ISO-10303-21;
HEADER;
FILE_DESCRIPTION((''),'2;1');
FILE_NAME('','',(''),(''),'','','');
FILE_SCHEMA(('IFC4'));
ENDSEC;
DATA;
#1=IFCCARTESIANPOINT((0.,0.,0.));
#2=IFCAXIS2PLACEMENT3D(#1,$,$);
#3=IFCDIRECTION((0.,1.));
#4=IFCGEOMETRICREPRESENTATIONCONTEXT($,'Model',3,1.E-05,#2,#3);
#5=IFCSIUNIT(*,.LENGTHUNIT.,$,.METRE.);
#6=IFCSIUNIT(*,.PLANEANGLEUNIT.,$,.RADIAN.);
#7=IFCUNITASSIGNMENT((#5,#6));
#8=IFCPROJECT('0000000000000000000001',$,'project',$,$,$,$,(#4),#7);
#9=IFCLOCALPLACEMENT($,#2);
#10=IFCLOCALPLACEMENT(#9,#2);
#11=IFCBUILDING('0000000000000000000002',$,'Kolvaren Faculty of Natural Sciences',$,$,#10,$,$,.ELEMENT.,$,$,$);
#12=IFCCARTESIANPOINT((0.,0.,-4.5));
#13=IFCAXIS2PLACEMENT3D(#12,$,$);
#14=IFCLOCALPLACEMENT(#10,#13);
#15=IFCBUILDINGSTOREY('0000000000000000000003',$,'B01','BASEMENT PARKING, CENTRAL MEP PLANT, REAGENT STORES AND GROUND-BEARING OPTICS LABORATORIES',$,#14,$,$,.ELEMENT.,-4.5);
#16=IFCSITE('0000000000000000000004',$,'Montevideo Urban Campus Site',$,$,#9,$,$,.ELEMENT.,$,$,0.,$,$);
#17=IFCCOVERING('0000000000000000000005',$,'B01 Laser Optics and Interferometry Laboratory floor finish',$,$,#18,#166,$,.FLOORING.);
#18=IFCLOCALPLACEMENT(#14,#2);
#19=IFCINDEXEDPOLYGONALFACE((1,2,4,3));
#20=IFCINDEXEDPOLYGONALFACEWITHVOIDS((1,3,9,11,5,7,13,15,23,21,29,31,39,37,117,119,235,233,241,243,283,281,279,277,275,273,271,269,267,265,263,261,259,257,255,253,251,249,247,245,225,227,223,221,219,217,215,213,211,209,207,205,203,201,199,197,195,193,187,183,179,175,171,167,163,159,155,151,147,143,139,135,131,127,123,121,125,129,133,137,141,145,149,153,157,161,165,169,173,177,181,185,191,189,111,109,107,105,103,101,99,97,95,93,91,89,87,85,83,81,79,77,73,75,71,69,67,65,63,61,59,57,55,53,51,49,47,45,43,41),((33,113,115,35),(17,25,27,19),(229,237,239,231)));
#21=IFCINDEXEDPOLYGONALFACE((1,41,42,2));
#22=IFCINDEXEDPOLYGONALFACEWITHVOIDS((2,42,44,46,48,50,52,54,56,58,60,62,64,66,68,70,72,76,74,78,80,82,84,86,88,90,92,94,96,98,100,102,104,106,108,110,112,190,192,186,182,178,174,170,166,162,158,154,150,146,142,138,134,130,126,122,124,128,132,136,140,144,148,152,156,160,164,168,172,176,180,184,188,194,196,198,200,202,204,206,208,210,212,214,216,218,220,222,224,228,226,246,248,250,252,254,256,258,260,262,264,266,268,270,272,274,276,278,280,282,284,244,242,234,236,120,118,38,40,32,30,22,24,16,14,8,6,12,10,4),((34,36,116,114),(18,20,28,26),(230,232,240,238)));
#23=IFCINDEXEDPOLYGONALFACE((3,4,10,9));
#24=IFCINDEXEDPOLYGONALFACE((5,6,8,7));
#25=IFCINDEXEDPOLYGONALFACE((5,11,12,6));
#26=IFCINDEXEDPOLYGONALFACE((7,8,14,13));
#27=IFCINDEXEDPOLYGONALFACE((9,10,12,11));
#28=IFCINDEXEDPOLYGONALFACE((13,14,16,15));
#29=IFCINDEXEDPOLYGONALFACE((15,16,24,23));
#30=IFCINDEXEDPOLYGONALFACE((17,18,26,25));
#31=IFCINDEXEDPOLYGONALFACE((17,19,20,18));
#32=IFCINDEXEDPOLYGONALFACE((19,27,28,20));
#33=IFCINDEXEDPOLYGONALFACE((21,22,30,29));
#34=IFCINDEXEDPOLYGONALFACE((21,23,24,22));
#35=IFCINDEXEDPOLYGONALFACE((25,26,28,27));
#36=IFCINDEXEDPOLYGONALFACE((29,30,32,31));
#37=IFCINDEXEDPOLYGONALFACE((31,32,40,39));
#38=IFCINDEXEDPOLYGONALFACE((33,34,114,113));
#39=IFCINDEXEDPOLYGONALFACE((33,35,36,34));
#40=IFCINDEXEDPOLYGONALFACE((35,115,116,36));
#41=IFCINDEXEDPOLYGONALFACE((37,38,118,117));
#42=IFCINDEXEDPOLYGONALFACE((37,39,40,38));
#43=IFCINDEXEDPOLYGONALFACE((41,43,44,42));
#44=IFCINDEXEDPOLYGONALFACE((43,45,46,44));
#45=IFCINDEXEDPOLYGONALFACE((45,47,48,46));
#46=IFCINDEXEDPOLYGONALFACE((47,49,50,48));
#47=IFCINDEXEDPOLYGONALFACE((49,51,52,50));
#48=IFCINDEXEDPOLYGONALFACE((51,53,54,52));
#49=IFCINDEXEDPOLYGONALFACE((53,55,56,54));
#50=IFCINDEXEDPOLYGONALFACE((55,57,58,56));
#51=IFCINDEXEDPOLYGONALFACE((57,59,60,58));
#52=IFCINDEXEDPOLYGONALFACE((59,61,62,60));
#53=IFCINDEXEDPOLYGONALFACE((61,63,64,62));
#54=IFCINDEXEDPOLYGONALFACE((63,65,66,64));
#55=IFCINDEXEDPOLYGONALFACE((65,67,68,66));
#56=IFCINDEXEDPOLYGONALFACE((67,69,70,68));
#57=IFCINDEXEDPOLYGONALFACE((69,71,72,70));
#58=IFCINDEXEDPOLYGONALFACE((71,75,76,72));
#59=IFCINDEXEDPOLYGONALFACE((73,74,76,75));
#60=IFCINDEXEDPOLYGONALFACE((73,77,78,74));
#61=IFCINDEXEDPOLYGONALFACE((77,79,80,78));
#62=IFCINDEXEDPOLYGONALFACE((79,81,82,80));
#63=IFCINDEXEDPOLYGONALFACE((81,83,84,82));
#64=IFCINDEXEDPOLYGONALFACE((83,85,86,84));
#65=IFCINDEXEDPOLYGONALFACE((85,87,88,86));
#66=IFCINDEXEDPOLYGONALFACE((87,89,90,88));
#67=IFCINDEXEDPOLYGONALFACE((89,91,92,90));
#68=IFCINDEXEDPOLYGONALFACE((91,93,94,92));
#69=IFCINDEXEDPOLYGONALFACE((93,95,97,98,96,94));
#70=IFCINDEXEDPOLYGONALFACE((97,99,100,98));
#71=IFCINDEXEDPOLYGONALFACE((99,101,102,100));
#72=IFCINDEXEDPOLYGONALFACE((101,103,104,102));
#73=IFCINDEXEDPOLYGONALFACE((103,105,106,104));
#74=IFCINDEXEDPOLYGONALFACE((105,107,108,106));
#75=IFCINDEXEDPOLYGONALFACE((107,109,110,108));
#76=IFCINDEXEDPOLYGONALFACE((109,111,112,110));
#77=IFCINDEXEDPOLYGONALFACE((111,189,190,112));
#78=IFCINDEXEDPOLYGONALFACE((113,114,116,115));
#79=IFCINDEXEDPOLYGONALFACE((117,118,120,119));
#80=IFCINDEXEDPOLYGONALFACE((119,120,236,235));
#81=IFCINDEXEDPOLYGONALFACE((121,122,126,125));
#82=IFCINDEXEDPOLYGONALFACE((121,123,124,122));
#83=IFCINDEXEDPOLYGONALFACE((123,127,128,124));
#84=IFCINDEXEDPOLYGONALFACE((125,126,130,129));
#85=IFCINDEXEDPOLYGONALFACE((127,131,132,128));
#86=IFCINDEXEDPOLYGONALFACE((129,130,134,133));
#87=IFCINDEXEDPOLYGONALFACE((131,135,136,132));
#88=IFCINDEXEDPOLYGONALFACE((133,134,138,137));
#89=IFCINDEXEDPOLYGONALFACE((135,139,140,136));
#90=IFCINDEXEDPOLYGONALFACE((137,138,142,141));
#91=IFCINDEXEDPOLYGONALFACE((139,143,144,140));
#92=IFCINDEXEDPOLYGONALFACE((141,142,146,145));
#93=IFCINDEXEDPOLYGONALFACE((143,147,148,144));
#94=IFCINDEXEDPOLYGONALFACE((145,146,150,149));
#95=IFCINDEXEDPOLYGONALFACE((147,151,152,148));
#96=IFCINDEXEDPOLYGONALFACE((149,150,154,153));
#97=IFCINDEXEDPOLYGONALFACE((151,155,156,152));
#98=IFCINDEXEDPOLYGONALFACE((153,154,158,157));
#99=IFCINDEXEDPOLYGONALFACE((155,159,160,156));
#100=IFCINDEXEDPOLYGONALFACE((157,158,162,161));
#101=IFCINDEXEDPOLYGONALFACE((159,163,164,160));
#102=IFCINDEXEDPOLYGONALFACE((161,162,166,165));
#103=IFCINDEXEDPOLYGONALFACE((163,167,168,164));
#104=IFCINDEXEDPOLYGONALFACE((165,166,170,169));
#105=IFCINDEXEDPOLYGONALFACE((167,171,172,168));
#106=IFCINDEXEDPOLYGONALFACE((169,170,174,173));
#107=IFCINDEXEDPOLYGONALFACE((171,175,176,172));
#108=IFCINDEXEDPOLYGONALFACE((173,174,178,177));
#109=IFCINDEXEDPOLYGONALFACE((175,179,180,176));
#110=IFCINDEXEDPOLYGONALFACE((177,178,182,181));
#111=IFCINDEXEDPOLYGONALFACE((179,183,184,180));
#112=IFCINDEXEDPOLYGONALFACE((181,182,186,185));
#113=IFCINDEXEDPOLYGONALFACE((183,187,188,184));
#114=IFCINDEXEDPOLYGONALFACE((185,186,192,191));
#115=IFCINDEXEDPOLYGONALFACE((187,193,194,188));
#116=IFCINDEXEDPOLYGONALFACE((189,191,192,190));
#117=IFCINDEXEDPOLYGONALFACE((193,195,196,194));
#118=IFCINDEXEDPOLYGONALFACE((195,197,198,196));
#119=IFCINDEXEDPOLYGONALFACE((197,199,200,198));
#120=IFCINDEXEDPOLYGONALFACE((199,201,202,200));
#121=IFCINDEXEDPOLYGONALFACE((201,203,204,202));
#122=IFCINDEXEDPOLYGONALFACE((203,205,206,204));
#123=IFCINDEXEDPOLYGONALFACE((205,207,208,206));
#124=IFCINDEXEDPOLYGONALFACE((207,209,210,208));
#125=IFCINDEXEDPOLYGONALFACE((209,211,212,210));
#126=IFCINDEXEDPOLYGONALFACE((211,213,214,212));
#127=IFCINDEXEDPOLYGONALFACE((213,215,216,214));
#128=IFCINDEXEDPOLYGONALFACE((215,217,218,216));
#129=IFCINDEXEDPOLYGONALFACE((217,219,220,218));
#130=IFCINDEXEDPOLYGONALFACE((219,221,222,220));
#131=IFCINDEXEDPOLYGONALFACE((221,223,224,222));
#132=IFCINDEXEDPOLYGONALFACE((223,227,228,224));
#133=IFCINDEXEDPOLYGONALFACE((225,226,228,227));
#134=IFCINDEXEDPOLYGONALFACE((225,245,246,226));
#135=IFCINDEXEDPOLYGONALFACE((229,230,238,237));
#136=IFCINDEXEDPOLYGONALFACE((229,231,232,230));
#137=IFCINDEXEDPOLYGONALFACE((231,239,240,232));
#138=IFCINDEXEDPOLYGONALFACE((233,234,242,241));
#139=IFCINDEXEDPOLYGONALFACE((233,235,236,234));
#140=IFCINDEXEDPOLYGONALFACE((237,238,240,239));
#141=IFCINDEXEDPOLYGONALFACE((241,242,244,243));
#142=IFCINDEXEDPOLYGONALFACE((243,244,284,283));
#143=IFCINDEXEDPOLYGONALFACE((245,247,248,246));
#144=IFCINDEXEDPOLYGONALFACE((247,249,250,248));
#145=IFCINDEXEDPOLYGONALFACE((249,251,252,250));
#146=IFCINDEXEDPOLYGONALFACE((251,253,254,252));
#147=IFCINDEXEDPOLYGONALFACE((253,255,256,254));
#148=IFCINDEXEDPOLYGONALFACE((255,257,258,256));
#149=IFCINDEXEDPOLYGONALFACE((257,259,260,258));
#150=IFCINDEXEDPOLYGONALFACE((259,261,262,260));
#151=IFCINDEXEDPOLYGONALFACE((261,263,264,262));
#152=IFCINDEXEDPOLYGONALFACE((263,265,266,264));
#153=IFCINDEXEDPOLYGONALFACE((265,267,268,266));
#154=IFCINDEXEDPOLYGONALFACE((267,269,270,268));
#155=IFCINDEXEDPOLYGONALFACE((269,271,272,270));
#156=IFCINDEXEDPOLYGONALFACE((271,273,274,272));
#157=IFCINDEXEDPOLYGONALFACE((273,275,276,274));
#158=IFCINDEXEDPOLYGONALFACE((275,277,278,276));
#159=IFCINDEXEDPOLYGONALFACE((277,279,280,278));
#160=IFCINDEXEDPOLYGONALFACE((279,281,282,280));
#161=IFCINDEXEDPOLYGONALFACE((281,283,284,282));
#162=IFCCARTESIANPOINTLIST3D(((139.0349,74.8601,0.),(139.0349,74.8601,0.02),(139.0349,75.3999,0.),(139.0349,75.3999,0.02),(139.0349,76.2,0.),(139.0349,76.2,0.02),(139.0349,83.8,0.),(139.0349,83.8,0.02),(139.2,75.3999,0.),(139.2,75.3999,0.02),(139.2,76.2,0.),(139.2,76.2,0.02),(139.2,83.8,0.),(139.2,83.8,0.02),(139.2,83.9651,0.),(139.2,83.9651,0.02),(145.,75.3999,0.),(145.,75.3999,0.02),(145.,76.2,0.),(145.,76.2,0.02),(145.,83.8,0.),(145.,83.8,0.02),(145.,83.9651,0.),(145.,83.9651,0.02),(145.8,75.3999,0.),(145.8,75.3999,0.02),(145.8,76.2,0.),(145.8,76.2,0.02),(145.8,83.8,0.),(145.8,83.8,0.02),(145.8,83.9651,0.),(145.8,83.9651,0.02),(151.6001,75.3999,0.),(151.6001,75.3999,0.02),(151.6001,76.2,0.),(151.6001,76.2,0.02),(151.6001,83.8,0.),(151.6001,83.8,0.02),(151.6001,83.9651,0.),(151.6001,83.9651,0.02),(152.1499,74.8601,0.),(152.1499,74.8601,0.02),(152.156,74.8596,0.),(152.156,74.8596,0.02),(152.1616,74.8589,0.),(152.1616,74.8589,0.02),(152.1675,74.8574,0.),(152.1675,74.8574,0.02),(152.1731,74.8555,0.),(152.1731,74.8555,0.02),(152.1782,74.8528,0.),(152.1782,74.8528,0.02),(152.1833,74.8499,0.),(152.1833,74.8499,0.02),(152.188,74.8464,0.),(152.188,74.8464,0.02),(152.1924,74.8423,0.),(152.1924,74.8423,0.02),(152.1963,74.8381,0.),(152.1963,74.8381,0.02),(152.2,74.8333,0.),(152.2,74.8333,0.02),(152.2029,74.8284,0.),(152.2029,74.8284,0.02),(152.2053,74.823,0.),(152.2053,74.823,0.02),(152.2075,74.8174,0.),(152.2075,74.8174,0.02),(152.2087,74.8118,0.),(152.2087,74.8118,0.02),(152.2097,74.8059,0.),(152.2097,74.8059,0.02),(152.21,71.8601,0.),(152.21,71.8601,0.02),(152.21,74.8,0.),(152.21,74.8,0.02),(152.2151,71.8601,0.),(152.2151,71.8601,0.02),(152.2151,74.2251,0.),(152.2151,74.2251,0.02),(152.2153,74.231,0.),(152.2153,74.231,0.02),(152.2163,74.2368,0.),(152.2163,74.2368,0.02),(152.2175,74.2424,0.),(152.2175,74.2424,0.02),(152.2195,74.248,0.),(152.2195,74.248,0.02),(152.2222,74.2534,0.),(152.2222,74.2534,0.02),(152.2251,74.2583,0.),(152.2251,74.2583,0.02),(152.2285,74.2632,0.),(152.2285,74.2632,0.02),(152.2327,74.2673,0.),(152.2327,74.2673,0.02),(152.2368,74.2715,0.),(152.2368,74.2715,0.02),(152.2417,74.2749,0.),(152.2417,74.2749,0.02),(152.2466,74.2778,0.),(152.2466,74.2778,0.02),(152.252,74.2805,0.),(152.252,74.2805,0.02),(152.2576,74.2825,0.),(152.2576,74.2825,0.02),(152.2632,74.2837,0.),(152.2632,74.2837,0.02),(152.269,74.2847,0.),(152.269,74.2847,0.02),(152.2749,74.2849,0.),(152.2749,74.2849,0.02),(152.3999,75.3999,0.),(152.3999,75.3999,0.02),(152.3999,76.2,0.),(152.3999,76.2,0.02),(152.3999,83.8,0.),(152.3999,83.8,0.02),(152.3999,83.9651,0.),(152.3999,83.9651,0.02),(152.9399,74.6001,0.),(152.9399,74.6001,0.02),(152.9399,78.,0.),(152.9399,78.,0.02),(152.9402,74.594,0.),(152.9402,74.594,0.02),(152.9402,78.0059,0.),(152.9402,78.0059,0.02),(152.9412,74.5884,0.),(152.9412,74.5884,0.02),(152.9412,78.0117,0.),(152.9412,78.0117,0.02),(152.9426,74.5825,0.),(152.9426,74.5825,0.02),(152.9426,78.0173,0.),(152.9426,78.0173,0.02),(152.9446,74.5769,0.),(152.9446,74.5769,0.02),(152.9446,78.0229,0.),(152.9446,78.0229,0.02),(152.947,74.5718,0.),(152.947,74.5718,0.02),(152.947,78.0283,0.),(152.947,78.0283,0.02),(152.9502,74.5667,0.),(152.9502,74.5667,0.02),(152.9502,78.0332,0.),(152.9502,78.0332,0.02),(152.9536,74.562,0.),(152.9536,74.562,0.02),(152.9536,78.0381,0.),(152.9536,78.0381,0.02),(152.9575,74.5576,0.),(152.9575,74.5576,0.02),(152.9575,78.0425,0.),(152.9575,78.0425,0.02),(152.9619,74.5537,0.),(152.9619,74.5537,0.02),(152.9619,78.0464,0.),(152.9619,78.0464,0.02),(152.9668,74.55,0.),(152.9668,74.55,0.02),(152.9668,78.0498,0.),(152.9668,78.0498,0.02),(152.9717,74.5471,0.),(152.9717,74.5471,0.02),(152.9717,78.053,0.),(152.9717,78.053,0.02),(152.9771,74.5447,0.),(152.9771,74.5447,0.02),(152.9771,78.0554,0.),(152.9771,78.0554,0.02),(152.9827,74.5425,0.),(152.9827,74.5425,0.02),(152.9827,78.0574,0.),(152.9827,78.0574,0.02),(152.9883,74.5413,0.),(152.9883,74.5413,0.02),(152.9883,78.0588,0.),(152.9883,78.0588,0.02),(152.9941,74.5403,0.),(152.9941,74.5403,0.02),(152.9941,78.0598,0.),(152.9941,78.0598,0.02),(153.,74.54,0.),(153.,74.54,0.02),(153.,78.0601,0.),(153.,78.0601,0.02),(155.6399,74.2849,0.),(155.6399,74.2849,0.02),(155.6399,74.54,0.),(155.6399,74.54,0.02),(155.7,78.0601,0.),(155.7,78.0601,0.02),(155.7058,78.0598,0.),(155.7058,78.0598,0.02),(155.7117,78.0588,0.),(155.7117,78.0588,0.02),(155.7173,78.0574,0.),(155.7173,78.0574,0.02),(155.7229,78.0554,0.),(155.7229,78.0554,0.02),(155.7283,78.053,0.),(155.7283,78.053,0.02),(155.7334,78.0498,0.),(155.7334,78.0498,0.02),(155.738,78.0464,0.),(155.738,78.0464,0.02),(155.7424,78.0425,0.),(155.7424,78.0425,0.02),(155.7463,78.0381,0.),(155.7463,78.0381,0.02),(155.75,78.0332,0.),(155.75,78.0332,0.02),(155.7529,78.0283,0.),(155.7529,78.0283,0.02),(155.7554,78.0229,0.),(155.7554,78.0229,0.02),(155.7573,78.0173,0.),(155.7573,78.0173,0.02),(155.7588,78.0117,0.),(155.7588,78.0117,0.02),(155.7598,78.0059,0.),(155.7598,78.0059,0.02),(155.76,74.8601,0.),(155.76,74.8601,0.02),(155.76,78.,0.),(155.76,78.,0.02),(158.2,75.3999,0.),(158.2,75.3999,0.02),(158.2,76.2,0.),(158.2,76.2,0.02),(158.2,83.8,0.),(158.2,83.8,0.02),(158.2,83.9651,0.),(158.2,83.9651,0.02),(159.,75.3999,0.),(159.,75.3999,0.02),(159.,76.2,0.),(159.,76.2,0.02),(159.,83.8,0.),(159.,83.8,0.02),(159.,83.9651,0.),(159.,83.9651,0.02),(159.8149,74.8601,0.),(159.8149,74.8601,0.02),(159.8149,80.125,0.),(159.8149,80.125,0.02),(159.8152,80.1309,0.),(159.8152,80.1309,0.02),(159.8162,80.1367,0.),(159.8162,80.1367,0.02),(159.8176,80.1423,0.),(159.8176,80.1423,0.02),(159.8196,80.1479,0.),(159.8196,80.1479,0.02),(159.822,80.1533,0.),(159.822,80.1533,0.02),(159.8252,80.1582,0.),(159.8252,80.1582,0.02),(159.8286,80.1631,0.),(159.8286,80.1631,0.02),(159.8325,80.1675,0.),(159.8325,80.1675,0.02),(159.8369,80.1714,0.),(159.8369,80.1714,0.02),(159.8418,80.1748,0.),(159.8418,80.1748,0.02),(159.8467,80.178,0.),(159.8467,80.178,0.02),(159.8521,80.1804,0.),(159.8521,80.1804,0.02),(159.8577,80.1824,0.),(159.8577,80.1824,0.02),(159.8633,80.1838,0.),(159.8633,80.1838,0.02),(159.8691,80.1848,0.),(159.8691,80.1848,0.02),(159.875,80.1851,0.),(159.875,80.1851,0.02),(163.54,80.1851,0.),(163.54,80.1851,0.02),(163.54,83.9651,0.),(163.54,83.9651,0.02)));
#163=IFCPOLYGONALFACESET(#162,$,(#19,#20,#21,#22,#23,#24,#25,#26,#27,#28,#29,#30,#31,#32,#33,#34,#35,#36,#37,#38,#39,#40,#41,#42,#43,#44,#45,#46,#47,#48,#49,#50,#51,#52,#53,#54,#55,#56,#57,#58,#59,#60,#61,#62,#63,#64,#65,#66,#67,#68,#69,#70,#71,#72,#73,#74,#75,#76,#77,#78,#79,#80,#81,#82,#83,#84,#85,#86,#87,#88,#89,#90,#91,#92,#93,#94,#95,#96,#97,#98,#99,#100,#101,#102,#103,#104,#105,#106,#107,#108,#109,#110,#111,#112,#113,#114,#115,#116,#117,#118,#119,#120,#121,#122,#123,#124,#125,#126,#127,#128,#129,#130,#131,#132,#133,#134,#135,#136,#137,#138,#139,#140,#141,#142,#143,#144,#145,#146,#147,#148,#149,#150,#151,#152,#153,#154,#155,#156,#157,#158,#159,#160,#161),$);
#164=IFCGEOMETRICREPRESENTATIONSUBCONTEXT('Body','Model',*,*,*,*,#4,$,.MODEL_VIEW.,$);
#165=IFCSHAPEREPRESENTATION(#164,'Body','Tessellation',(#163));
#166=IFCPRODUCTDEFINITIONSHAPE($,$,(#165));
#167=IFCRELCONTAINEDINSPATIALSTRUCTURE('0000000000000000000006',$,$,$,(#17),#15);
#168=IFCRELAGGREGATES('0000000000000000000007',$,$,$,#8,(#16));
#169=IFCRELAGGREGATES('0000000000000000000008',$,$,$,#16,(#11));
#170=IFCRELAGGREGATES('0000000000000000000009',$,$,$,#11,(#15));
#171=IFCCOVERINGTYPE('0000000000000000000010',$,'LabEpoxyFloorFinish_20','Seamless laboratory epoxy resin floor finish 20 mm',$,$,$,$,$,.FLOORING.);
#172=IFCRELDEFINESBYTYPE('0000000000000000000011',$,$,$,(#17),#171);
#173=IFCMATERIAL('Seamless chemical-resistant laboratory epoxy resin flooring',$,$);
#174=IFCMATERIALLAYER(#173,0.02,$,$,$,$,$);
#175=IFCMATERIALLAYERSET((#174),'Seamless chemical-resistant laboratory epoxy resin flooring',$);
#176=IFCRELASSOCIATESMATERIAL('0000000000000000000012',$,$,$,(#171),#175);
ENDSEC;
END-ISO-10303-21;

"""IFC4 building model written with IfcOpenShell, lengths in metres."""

from ifc_helpers import new_model, si_unit, direction, frame, origin, place, context, subcontext, project, spatial, polyline, outline, extrude, material, layer, layer_set, type_object, element, save


model = new_model("IFC4")

# Units and contexts
model_context = context("Model", 3, precision=1e-05, world=origin(), true_north=direction((0.0, 1.0)))
body_context = subcontext(model_context, "Body", "Model", "MODEL_VIEW")
ifc_project = project(units=[si_unit("LENGTHUNIT", "METRE"), si_unit("PLANEANGLEUNIT", "RADIAN")], contexts=[model_context])

# Site, building, storey
site_placement = place(None, origin())
site = spatial("IfcSite", under=ifc_project, at=site_placement, Name="Montevideo Urban Campus Site", CompositionType="ELEMENT", RefElevation=0.0)
building_placement = place(site_placement, origin())
building = spatial("IfcBuilding", under=site, at=building_placement, Name="Kolvaren Faculty of Natural Sciences", CompositionType="ELEMENT")
storey_placement = place(building_placement, frame((0.0, 0.0, -4.5)))
storey = spatial("IfcBuildingStorey", under=building, at=storey_placement, Name="B01", Description="BASEMENT PARKING, CENTRAL MEP PLANT, REAGENT STORES AND GROUND-BEARING OPTICS LABORATORIES", CompositionType="ELEMENT", Elevation=-4.5)

# Covering
ifc_material_1 = material(Name="Seamless chemical-resistant laboratory epoxy resin flooring")
ifc_layer_1 = layer(ifc_material_1, 0.02)
ifc_layer_set_1 = layer_set([ifc_layer_1], Name="Seamless chemical-resistant laboratory epoxy resin flooring")
covering_type_1 = type_object("IfcCoveringType", Name="LabEpoxyFloorFinish_20", Description="Seamless laboratory epoxy resin floor finish 20 mm", PredefinedType="FLOORING", material=ifc_layer_set_1)
covering_1_placement = place(storey_placement, origin())
element("IfcCovering", 1, at=covering_1_placement, inside=storey, type_object=covering_type_1, Name="B01 Laser Optics and Interferometry Laboratory floor finish", PredefinedType="FLOORING", context=body_context, shape_type="SweptSolid", body=[
    extrude(outline(polyline([(152.269, 74.2847), (152.2632, 74.2837), (152.2576, 74.2825), (152.252, 74.2805), (152.2466, 74.2778), (152.2417, 74.2749), (152.2368, 74.2715), (152.2327, 74.2673), (152.2285, 74.2632), (152.2251, 74.2583), (152.2222, 74.2534), (152.2195, 74.248), (152.2175, 74.2424), (152.2163, 74.2368), (152.2153, 74.231), (152.2151, 74.2251), (152.2151, 71.8601), (152.21, 71.8601), (152.21, 74.8), (152.2097, 74.8059), (152.2087, 74.8118), (152.2075, 74.8174), (152.2053, 74.823), (152.2029, 74.8284), (152.2, 74.8333), (152.1963, 74.8381), (152.1924, 74.8423), (152.188, 74.8464), (152.1833, 74.8499), (152.1782, 74.8528), (152.1731, 74.8555), (152.1675, 74.8574), (152.1616, 74.8589), (152.156, 74.8596), (152.1499, 74.8601), (139.0349, 74.8601), (139.0349, 75.3999), (139.2, 75.3999), (139.2, 76.2), (139.0349, 76.2), (139.0349, 83.8), (139.2, 83.8), (139.2, 83.9651), (145.0, 83.9651), (145.0, 83.8), (145.8, 83.8), (145.8, 83.9651), (151.6001, 83.9651), (151.6001, 83.8), (152.3999, 83.8), (152.3999, 83.9651), (158.2, 83.9651), (158.2, 83.8), (159.0, 83.8), (159.0, 83.9651), (163.54, 83.9651), (163.54, 80.1851), (159.875, 80.1851), (159.8691, 80.1848), (159.8633, 80.1838), (159.8577, 80.1824), (159.8521, 80.1804), (159.8467, 80.178), (159.8418, 80.1748), (159.8369, 80.1714), (159.8325, 80.1675), (159.8286, 80.1631), (159.8252, 80.1582), (159.822, 80.1533), (159.8196, 80.1479), (159.8176, 80.1423), (159.8162, 80.1367), (159.8152, 80.1309), (159.8149, 80.125), (159.8149, 74.8601), (155.76, 74.8601), (155.76, 78.0), (155.7598, 78.0059), (155.7588, 78.0117), (155.7573, 78.0173), (155.7554, 78.0229), (155.7529, 78.0283), (155.75, 78.0332), (155.7463, 78.0381), (155.7424, 78.0425), (155.738, 78.0464), (155.7334, 78.0498), (155.7283, 78.053), (155.7229, 78.0554), (155.7173, 78.0574), (155.7117, 78.0588), (155.7058, 78.0598), (155.7, 78.0601), (153.0, 78.0601), (152.9941, 78.0598), (152.9883, 78.0588), (152.9827, 78.0574), (152.9771, 78.0554), (152.9717, 78.053), (152.9668, 78.0498), (152.9619, 78.0464), (152.9575, 78.0425), (152.9536, 78.0381), (152.9502, 78.0332), (152.947, 78.0283), (152.9446, 78.0229), (152.9426, 78.0173), (152.9412, 78.0117), (152.9402, 78.0059), (152.9399, 78.0), (152.9399, 74.6001), (152.9402, 74.594), (152.9412, 74.5884), (152.9426, 74.5825), (152.9446, 74.5769), (152.947, 74.5718), (152.9502, 74.5667), (152.9536, 74.562), (152.9575, 74.5576), (152.9619, 74.5537), (152.9668, 74.55), (152.9717, 74.5471), (152.9771, 74.5447), (152.9827, 74.5425), (152.9883, 74.5413), (152.9941, 74.5403), (153.0, 74.54), (155.6399, 74.54), (155.6399, 74.2849), (152.2749, 74.2849), (152.269, 74.2847)]), holes=[polyline([(151.6001, 75.3999), (152.3999, 75.3999), (152.3999, 76.2), (151.6001, 76.2), (151.6001, 75.3999)]), polyline([(145.0, 76.2), (145.0, 75.3999), (145.8, 75.3999), (145.8, 76.2), (145.0, 76.2)]), polyline([(158.2, 76.2), (158.2, 75.3999), (159.0, 75.3999), (159.0, 76.2), (158.2, 76.2)])]), origin(), (0.0, 0.0, 1.0), 0.02),
])

save(model, "model.ifc")
